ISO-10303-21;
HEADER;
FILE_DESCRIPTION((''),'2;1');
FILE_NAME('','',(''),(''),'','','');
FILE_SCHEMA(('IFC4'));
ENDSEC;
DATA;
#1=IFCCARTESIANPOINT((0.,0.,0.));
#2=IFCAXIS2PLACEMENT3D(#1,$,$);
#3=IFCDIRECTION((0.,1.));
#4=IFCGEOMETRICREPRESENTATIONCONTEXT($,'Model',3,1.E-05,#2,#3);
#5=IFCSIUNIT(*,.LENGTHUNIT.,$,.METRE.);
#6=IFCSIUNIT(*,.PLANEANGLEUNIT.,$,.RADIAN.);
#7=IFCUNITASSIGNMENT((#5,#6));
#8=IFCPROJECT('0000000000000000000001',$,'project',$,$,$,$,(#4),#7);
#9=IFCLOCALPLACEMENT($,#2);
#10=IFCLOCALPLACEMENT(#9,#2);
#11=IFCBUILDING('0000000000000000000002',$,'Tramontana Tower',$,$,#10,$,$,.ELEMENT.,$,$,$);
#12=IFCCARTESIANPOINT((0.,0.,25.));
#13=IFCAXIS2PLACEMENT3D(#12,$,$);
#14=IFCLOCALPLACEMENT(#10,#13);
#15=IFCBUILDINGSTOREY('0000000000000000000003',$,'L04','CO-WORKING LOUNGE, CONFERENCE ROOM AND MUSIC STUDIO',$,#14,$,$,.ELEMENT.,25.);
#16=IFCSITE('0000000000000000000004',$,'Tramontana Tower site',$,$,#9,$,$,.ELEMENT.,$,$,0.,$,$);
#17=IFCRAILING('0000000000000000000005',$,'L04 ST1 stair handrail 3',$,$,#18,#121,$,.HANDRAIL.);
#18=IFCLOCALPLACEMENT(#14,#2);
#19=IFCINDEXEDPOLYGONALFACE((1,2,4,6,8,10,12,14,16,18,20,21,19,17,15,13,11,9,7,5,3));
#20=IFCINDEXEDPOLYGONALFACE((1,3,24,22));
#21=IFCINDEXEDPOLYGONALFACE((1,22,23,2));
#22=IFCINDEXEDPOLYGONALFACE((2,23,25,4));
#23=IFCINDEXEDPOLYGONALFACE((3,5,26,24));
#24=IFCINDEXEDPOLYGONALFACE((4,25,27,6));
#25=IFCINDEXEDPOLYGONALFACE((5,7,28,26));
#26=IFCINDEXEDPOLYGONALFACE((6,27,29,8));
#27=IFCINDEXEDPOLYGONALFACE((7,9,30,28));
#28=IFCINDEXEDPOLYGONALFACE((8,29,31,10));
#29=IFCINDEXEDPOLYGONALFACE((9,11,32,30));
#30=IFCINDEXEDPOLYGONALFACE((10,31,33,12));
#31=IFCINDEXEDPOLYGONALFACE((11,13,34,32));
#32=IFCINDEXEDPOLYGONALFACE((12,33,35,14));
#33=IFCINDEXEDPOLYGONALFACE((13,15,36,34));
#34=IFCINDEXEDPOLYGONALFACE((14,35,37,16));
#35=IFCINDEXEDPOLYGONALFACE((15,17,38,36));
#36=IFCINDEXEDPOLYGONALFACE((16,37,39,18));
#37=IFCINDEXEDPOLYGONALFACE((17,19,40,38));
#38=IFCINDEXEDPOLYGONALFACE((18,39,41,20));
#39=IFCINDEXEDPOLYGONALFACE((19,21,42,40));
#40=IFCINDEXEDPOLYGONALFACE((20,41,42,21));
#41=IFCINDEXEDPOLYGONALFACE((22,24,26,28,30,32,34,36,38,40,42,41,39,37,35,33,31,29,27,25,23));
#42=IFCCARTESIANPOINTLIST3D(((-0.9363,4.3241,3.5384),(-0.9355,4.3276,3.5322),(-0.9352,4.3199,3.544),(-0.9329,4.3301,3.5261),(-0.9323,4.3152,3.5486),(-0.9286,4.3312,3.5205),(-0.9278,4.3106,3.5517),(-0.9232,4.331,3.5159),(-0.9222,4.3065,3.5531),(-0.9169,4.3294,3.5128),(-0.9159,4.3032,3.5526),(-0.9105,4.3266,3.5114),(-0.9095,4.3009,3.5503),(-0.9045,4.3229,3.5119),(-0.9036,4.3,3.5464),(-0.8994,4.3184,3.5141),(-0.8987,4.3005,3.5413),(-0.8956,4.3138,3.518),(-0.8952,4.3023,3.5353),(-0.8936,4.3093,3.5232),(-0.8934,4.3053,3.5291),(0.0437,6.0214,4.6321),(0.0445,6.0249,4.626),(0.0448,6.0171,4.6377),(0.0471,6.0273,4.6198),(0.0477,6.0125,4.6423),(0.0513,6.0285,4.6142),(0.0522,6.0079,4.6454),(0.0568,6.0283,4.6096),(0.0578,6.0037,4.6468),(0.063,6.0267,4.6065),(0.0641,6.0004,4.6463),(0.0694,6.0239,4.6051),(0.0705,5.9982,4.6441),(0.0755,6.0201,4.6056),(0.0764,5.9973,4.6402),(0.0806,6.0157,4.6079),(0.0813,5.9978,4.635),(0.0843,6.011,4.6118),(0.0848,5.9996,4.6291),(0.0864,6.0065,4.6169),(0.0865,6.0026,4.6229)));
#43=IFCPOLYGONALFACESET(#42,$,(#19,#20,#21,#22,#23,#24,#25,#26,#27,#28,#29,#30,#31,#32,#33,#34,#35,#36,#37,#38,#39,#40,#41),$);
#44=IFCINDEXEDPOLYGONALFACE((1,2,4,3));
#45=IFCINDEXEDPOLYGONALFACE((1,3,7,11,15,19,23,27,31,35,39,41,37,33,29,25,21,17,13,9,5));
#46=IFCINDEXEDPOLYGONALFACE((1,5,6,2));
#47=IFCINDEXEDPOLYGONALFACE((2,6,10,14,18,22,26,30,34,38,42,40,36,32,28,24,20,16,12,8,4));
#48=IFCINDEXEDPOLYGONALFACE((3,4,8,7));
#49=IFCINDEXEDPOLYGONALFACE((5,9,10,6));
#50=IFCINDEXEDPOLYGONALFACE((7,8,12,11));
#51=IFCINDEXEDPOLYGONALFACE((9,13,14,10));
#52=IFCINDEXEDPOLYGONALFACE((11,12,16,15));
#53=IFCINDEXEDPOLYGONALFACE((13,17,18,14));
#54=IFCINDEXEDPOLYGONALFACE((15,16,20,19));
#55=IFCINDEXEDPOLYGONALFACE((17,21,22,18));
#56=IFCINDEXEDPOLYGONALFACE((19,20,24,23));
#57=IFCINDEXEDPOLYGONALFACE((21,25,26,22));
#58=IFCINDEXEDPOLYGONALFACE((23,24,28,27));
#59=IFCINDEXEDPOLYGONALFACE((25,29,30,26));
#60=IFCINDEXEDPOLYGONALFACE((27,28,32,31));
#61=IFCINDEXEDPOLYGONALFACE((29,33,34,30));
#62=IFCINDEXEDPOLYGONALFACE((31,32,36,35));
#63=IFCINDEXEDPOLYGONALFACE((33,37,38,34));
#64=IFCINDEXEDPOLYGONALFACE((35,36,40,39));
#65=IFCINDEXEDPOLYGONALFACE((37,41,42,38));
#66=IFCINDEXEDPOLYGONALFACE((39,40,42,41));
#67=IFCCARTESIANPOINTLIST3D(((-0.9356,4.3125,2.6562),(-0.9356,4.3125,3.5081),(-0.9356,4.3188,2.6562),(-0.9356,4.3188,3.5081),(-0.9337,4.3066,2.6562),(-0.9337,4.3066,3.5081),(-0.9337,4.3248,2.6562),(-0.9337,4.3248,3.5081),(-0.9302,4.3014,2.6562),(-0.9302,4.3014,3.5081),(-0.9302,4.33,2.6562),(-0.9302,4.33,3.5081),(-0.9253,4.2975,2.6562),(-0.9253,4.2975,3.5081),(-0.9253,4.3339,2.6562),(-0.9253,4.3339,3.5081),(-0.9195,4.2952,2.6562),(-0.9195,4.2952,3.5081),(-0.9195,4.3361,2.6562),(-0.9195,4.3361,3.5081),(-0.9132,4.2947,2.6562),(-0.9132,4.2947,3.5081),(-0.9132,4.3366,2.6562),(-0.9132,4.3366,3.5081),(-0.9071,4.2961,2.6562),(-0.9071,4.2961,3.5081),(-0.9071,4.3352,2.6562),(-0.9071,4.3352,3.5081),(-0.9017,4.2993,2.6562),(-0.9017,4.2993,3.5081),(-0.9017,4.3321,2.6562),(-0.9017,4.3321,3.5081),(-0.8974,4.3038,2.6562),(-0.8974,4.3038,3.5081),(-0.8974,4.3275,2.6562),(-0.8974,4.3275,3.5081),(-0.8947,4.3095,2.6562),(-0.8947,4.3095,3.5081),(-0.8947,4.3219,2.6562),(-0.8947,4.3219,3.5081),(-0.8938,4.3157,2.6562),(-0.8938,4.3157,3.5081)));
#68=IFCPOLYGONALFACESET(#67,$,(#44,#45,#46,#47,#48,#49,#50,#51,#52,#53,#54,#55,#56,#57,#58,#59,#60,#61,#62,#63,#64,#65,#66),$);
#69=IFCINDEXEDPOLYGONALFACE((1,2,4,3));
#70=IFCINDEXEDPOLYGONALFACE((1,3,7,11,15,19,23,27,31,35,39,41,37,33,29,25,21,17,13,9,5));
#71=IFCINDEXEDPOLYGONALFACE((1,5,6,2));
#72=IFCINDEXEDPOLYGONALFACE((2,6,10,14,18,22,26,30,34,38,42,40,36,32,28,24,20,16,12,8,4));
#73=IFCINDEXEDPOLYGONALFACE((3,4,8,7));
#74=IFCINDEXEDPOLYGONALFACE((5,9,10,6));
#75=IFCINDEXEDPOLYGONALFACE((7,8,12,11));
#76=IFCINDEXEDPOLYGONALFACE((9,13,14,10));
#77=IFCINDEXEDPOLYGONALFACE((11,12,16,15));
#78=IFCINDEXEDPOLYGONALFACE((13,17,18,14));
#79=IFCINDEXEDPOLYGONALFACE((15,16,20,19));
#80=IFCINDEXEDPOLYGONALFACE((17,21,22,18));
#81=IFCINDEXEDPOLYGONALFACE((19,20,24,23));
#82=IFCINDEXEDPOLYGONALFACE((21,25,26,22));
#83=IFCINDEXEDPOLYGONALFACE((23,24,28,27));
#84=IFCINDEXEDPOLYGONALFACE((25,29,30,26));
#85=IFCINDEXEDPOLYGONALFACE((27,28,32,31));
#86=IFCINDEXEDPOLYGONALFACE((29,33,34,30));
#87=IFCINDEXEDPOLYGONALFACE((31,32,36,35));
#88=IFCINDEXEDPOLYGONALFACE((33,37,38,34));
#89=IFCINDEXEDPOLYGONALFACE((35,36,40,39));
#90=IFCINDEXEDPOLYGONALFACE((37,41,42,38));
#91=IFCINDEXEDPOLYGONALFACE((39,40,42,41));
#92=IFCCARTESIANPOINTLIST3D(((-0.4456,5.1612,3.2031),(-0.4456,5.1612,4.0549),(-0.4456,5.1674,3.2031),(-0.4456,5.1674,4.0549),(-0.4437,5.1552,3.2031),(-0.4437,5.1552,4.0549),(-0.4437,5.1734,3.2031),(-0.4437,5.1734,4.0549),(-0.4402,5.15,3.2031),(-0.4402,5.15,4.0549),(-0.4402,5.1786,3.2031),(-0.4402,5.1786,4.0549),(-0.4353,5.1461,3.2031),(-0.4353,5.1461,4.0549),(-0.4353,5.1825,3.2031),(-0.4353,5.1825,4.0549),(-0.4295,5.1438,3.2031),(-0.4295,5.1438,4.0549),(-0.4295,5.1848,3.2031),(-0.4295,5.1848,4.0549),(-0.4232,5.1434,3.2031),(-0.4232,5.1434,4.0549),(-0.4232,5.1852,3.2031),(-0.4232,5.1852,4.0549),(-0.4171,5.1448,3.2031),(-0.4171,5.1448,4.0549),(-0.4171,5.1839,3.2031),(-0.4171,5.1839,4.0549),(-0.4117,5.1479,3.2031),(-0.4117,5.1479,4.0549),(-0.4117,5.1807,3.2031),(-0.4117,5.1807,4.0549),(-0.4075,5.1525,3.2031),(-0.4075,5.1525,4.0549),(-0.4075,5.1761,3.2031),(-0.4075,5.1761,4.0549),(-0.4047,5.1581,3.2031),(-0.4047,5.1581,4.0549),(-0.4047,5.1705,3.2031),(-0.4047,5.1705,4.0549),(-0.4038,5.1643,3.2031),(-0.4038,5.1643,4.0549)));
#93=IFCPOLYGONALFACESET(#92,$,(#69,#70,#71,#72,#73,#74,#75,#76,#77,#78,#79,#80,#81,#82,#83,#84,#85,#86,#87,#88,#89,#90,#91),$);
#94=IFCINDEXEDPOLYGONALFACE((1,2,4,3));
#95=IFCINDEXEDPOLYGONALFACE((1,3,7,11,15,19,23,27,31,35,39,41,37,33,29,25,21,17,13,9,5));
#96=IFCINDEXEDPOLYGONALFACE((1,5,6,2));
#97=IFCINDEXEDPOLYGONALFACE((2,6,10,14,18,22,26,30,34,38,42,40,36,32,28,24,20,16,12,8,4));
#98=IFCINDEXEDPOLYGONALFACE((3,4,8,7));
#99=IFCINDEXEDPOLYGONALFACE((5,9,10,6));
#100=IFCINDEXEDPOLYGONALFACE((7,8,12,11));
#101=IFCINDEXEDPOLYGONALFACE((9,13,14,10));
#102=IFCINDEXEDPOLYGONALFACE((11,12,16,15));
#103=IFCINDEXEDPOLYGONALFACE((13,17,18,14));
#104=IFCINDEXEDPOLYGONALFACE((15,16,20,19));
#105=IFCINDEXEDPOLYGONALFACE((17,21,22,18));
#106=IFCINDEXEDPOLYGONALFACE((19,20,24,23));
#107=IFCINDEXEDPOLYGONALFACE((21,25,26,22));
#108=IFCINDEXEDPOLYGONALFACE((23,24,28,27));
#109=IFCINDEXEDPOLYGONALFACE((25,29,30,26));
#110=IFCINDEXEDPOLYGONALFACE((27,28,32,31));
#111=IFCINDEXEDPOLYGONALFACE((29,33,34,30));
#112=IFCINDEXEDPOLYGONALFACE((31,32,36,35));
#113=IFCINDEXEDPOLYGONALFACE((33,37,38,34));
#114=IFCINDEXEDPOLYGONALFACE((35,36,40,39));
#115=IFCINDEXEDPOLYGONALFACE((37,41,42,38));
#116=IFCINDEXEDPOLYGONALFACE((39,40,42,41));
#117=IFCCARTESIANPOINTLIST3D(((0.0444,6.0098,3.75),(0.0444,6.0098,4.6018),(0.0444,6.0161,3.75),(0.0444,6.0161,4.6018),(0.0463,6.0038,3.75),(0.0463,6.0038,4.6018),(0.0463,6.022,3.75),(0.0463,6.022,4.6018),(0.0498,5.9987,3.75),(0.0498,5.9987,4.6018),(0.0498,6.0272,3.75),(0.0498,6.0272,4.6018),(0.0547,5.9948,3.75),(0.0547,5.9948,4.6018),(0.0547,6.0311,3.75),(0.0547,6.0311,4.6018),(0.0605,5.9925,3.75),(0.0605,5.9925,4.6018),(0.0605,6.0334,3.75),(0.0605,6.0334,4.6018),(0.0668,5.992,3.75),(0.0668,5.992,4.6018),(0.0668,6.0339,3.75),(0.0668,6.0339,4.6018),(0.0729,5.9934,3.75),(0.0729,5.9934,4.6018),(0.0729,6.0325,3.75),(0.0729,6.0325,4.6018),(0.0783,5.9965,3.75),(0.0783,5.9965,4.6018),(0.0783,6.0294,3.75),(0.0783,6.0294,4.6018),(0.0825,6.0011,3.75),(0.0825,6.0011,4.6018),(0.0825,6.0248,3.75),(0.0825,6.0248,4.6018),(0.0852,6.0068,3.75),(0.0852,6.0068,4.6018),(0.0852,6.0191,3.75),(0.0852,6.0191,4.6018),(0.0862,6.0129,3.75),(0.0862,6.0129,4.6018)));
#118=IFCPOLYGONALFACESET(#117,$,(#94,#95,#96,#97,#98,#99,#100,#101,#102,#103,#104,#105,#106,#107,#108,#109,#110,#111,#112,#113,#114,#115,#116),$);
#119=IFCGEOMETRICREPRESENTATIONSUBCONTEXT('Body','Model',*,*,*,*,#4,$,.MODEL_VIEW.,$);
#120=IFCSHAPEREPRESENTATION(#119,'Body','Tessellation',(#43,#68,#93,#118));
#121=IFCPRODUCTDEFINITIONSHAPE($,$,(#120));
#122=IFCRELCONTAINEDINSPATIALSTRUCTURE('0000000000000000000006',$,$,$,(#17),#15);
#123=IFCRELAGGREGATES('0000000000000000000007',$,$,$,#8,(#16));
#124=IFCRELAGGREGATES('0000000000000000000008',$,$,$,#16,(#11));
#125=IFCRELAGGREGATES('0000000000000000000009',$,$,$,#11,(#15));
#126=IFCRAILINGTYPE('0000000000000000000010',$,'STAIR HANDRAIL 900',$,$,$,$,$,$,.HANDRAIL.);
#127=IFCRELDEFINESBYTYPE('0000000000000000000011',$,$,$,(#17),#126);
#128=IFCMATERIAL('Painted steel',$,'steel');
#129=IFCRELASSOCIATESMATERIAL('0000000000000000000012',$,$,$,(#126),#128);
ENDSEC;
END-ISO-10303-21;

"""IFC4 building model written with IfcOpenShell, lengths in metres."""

from ifc_helpers import new_model, si_unit, direction, frame, origin, origin_2d, place, context, subcontext, project, spatial, circle, extrude, material, type_object, element, save


model = new_model("IFC4")

# Units and contexts
model_context = context("Model", 3, precision=1e-05, world=origin(), true_north=direction((0.0, 1.0)))
body_context = subcontext(model_context, "Body", "Model", "MODEL_VIEW")
ifc_project = project(units=[si_unit("LENGTHUNIT", "METRE"), si_unit("PLANEANGLEUNIT", "RADIAN")], contexts=[model_context])

# Site, building, storey
site_placement = place(None, origin())
site = spatial("IfcSite", under=ifc_project, at=site_placement, Name="Tramontana Tower site", CompositionType="ELEMENT", RefElevation=0.0)
building_placement = place(site_placement, origin())
building = spatial("IfcBuilding", under=site, at=building_placement, Name="Tramontana Tower", CompositionType="ELEMENT")
storey_placement = place(building_placement, frame((0.0, 0.0, 25.0)))
storey = spatial("IfcBuildingStorey", under=building, at=storey_placement, Name="L04", Description="CO-WORKING LOUNGE, CONFERENCE ROOM AND MUSIC STUDIO", CompositionType="ELEMENT", Elevation=25.0)

# Railing
ifc_material_1 = material(Name="Painted steel", Category="steel")
railing_type_1 = type_object("IfcRailingType", Name="STAIR HANDRAIL 900", PredefinedType="HANDRAIL", material=ifc_material_1)
for number, where, name in (
    (1, (-0.9148, 4.3157, 2.6562), "L04 ST1 stair handrail 3"),
):
    element("IfcRailing", number, at=place(storey_placement, frame(where)), inside=storey, type_object=railing_type_1, Name=name, PredefinedType="HANDRAIL", context=body_context, shape_type="SweptSolid", body=[
        extrude(circle(Radius=0.0239, at=origin_2d()), frame((0.0, 0.0, 0.876), z_axis=(0.436632, 0.75622, 0.487323), x_axis=(-0.866011, 0.500024, 0.0)), (0.0, 0.0, 1.0), 2.2444),
        extrude(circle(Radius=0.021, at=origin_2d()), origin(), (0.0, 0.0, 1.0), 0.8518),
        extrude(circle(Radius=0.021, at=origin_2d()), frame((0.49, 0.8486, 0.5469)), (0.0, 0.0, 1.0), 0.8518),
        extrude(circle(Radius=0.021, at=origin_2d()), frame((0.98, 1.6973, 1.0938)), (0.0, 0.0, 1.0), 0.8518),
    ])

save(model, "model.ifc")
